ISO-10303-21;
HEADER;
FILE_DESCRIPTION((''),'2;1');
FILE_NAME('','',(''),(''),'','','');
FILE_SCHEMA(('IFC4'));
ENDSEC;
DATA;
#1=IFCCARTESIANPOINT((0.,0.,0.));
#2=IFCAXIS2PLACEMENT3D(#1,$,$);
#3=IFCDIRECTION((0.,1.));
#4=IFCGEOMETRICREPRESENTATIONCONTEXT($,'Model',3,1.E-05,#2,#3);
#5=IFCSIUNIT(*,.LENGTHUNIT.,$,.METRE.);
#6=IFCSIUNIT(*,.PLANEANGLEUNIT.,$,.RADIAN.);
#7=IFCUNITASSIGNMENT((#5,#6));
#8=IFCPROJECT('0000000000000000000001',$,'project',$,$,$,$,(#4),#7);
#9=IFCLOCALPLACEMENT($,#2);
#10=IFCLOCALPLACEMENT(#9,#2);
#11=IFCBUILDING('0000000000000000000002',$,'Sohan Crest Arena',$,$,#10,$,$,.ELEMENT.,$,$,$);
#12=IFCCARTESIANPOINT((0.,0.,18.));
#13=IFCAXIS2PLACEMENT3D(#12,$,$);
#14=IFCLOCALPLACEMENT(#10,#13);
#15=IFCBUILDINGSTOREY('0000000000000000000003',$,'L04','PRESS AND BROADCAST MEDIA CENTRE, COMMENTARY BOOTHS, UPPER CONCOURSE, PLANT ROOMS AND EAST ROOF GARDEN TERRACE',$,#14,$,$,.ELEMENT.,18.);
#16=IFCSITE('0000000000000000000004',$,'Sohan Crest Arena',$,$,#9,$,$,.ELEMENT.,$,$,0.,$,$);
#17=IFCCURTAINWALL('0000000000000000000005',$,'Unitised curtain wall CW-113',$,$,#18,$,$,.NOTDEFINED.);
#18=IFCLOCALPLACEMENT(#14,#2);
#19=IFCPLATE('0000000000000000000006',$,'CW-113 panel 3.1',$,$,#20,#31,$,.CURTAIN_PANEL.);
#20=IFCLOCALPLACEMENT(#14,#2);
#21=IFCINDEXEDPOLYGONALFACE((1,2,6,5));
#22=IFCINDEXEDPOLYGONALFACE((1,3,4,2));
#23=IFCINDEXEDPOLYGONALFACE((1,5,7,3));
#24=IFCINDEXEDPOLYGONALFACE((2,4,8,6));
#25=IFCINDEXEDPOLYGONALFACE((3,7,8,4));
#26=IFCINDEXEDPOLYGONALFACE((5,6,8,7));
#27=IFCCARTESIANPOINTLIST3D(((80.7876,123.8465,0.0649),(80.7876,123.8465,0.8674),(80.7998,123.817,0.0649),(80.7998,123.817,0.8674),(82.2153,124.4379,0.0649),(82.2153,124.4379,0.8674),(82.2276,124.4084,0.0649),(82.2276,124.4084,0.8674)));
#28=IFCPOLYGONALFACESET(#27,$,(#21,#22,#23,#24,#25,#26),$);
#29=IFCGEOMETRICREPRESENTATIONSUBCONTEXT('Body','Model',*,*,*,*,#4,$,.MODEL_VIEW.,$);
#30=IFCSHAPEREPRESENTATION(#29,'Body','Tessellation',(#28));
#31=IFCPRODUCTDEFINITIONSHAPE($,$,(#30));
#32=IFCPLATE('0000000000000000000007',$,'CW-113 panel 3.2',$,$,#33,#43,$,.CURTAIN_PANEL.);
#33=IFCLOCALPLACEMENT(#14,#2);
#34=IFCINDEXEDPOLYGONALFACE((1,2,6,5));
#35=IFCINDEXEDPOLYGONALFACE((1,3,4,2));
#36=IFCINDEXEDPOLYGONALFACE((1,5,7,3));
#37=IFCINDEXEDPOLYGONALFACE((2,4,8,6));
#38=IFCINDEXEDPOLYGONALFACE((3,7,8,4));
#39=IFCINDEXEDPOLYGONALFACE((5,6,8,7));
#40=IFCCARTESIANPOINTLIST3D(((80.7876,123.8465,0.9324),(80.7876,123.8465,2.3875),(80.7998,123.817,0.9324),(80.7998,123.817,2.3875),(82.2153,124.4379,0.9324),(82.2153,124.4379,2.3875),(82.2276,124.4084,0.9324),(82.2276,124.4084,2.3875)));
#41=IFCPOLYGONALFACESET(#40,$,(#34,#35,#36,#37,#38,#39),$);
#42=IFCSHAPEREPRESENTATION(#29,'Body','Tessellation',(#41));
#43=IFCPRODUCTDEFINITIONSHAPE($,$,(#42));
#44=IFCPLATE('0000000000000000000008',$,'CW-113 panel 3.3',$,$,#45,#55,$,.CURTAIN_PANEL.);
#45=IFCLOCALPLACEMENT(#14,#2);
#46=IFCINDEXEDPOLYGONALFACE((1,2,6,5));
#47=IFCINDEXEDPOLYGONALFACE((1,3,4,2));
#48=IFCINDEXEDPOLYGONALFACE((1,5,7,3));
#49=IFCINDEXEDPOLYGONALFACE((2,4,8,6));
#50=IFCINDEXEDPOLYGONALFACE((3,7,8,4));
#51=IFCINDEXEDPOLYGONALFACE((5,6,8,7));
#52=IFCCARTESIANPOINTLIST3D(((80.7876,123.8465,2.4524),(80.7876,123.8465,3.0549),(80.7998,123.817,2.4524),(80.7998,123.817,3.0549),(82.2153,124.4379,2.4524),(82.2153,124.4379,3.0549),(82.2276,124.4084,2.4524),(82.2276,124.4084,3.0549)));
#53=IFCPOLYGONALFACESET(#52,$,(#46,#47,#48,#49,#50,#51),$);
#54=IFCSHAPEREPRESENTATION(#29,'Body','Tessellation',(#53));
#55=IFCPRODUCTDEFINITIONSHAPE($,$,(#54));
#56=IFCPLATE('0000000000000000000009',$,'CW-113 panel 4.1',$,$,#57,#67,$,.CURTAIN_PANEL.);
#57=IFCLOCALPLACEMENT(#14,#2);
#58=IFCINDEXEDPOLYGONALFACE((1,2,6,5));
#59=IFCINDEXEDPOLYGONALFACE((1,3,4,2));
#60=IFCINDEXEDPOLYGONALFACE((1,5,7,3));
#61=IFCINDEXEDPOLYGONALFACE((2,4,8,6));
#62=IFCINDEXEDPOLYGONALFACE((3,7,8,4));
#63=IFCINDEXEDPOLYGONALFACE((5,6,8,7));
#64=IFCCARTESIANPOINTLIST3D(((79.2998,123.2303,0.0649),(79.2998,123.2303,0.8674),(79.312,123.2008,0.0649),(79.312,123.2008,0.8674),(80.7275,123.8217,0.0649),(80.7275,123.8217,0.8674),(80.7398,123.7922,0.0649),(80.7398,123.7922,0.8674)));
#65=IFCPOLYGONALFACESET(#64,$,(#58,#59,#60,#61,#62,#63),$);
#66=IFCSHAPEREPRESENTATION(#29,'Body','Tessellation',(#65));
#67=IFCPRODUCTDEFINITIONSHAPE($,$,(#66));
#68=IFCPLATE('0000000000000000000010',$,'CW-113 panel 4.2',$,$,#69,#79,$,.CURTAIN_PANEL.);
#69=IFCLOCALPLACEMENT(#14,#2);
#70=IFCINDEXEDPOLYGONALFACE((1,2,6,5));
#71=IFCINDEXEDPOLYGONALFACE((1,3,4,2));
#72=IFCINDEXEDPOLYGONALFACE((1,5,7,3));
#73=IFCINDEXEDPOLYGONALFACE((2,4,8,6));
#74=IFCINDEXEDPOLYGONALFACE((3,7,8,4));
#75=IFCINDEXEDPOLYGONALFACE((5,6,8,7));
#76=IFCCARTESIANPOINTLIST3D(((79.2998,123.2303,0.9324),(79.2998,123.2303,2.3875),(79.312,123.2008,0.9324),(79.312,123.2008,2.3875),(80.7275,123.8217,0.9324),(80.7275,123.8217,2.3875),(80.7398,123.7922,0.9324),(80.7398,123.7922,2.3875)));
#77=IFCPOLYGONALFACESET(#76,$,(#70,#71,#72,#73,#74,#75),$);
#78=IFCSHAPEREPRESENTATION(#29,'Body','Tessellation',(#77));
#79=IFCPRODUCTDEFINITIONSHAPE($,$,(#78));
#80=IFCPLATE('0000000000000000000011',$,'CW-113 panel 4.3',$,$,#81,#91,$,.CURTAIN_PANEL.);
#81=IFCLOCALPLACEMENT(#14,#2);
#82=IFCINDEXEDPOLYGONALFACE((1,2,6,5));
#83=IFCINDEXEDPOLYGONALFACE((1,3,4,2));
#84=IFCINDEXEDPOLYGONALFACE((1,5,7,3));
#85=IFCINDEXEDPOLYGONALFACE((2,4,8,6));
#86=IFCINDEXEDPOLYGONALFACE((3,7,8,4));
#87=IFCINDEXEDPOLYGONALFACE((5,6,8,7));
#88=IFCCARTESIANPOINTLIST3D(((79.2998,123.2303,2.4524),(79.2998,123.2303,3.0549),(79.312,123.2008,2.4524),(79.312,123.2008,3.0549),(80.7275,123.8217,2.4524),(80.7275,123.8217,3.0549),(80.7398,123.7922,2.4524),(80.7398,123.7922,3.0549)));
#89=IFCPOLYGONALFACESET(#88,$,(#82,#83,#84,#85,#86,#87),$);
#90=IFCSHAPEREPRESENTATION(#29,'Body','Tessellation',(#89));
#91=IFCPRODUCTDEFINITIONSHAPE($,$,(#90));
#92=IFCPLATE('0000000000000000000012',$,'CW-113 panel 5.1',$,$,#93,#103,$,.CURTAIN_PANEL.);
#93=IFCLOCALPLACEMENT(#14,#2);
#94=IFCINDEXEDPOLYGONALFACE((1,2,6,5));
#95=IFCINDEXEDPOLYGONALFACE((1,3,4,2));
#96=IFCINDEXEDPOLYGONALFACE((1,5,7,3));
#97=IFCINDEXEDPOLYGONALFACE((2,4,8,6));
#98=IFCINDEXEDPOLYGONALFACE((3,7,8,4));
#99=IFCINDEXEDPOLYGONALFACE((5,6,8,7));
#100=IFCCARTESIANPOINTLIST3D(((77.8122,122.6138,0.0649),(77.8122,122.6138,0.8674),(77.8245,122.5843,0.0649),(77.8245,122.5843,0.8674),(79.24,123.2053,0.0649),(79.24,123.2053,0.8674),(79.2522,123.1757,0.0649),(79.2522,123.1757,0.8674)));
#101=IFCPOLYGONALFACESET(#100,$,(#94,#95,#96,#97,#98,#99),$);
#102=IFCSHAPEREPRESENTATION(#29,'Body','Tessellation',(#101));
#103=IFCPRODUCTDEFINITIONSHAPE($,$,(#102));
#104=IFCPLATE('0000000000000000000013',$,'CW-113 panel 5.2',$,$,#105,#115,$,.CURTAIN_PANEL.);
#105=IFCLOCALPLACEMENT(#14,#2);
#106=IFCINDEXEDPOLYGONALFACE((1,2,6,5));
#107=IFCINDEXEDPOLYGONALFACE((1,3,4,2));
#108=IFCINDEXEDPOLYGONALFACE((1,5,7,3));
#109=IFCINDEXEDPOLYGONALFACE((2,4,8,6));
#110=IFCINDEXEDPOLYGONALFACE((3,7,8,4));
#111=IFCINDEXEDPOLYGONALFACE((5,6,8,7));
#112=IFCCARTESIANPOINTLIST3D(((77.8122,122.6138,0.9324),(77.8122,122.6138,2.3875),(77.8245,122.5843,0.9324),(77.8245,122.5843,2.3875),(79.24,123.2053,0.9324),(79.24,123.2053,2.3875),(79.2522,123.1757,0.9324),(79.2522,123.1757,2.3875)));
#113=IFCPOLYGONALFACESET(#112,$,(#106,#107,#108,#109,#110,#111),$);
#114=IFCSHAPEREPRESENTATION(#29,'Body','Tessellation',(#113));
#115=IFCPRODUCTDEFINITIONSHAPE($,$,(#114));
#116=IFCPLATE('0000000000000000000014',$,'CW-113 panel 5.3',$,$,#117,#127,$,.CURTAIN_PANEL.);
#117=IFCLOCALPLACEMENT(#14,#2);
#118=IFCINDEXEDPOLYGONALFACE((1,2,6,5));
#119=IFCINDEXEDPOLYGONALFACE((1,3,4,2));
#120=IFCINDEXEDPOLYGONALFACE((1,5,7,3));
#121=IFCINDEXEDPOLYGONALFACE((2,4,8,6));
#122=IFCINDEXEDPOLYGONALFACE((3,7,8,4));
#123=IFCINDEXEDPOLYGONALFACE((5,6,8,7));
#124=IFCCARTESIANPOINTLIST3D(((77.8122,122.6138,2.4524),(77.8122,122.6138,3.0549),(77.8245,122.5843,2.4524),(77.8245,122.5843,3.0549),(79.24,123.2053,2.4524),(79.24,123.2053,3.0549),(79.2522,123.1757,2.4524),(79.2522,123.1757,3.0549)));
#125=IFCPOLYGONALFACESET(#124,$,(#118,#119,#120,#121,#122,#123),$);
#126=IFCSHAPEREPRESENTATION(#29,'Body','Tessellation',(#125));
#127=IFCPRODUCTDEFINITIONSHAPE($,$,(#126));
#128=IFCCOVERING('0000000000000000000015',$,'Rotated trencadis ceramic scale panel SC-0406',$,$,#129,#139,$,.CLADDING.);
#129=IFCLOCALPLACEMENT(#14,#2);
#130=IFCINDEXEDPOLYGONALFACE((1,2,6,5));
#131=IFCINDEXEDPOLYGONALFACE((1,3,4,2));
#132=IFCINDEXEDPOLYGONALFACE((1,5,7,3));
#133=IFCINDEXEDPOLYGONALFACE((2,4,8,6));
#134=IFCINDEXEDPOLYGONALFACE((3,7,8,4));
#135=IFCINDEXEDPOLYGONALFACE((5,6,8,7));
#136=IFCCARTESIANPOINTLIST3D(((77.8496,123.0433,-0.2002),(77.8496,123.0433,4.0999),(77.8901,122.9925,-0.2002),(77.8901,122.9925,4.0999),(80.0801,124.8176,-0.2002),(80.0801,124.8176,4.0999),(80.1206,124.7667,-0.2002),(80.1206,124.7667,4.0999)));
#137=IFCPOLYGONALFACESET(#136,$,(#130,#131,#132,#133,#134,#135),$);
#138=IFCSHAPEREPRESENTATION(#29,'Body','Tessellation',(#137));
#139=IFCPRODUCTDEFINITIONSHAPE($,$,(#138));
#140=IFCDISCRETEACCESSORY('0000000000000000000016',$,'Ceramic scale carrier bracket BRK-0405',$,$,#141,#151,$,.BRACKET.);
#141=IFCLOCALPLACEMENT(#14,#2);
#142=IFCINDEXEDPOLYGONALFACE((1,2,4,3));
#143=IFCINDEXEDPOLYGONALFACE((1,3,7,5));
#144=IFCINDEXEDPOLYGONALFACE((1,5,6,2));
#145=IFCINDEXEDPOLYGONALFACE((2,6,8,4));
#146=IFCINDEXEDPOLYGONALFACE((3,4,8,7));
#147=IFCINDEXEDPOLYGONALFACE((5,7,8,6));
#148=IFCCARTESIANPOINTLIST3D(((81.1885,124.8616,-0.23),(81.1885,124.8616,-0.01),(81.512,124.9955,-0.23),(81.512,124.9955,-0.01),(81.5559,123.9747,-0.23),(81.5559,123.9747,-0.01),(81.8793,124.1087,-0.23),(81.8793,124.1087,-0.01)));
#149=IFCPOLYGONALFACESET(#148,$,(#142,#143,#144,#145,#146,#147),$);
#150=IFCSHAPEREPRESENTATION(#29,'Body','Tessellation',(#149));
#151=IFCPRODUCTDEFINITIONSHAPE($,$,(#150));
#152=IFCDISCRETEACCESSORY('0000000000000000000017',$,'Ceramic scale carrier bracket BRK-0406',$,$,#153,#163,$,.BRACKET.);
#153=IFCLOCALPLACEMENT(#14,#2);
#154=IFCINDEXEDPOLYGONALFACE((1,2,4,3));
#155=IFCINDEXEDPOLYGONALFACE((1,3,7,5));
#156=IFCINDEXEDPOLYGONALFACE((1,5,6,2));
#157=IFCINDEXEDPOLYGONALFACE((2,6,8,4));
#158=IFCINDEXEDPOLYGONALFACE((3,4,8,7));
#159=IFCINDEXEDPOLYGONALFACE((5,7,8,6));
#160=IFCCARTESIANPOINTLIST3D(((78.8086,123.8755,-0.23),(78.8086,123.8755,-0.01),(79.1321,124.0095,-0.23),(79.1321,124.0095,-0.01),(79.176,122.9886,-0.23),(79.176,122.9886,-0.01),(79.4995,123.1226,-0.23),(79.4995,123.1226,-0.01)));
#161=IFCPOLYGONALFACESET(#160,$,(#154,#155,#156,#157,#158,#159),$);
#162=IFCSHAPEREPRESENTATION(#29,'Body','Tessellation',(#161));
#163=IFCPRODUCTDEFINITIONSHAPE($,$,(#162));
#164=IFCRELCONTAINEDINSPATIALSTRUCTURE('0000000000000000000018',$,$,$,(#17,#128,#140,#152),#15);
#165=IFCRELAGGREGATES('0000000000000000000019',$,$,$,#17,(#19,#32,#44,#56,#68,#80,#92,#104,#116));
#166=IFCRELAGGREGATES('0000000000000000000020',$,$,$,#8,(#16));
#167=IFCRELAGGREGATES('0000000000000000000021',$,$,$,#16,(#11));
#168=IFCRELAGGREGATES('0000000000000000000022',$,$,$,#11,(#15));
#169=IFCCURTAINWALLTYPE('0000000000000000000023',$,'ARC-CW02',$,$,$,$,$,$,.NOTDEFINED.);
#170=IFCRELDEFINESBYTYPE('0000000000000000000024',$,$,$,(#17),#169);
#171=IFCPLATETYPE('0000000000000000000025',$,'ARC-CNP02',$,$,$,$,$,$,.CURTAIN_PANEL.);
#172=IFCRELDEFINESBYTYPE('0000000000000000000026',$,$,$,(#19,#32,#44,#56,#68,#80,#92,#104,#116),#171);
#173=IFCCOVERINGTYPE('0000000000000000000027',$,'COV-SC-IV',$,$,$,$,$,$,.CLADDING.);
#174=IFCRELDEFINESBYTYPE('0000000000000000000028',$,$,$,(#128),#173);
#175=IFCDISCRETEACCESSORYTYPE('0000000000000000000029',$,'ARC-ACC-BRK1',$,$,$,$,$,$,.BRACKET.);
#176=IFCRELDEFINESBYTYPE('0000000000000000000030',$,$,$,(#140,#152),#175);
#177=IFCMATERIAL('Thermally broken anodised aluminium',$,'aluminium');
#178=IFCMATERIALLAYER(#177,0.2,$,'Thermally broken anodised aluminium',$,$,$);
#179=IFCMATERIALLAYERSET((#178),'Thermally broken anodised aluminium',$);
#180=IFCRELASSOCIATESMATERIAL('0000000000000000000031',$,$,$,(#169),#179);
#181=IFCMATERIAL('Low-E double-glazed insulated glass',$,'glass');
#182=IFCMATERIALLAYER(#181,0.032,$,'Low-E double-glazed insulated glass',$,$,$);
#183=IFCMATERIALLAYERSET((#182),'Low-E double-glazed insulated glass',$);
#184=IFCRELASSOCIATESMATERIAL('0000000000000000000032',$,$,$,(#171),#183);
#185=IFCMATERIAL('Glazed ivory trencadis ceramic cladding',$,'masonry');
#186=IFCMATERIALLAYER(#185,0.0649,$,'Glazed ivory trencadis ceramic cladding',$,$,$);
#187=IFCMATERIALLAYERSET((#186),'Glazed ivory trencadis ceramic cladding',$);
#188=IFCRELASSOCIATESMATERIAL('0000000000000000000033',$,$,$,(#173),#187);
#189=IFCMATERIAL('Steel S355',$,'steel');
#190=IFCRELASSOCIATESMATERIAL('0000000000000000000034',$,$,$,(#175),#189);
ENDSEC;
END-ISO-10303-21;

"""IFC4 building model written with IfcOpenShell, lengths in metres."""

from ifc_helpers import new_model, si_unit, direction, frame, origin, origin_2d, place, context, subcontext, project, spatial, rectangle, extrude, material, layer, layer_set, type_object, element, aggregate, save


model = new_model("IFC4")

# Units and contexts
model_context = context("Model", 3, precision=1e-05, world=origin(), true_north=direction((0.0, 1.0)))
body_context = subcontext(model_context, "Body", "Model", "MODEL_VIEW")
ifc_project = project(units=[si_unit("LENGTHUNIT", "METRE"), si_unit("PLANEANGLEUNIT", "RADIAN")], contexts=[model_context])

# Site, building, storey
site_placement = place(None, origin())
site = spatial("IfcSite", under=ifc_project, at=site_placement, Name="Sohan Crest Arena", CompositionType="ELEMENT", RefElevation=0.0)
building_placement = place(site_placement, origin())
building = spatial("IfcBuilding", under=site, at=building_placement, Name="Sohan Crest Arena", CompositionType="ELEMENT")
storey_placement = place(building_placement, frame((0.0, 0.0, 18.0)))
storey = spatial("IfcBuildingStorey", under=building, at=storey_placement, Name="L04", Description="PRESS AND BROADCAST MEDIA CENTRE, COMMENTARY BOOTHS, UPPER CONCOURSE, PLANT ROOMS AND EAST ROOF GARDEN TERRACE", CompositionType="ELEMENT", Elevation=18.0)

# Curtain wall, plates
ifc_material_1 = material(Name="Thermally broken anodised aluminium", Category="aluminium")
ifc_layer_1 = layer(ifc_material_1, 0.2, Name="Thermally broken anodised aluminium")
ifc_layer_set_1 = layer_set([ifc_layer_1], Name="Thermally broken anodised aluminium")
curtain_wall_type = type_object("IfcCurtainWallType", Name="ARC-CW02", PredefinedType="NOTDEFINED", material=ifc_layer_set_1)
curtain_wall_placement = place(storey_placement, origin())
curtain_wall = element("IfcCurtainWall", 1, at=curtain_wall_placement, inside=storey, type_object=curtain_wall_type, Name="Unitised curtain wall CW-113", PredefinedType="NOTDEFINED")
ifc_material_2 = material(Name="Low-E double-glazed insulated glass", Category="glass")
ifc_layer_2 = layer(ifc_material_2, 0.032, Name="Low-E double-glazed insulated glass")
ifc_layer_set_2 = layer_set([ifc_layer_2], Name="Low-E double-glazed insulated glass")
plate_type = type_object("IfcPlateType", Name="ARC-CNP02", PredefinedType="CURTAIN_PANEL", material=ifc_layer_set_2)
plate_1_placement = place(storey_placement, frame((81.5076, 124.1274, 0.0649), z_axis=(0.0, 0.0, 1.0), x_axis=(-0.923879, -0.382685, 0.0)))
plate_1 = element("IfcPlate", 2, at=plate_1_placement, type_object=plate_type, Name="CW-113 panel 3.1", PredefinedType="CURTAIN_PANEL", context=body_context, shape_type="SweptSolid", body=[
    extrude(rectangle(XDim=1.5454, YDim=0.032, at=origin_2d()), origin(), (0.0, 0.0, 1.0), 0.8025),
])
plate_2_placement = place(storey_placement, frame((81.5076, 124.1274, 0.9324), z_axis=(0.0, 0.0, 1.0), x_axis=(-0.923879, -0.382685, 0.0)))
plate_2 = element("IfcPlate", 3, at=plate_2_placement, type_object=plate_type, Name="CW-113 panel 3.2", PredefinedType="CURTAIN_PANEL", context=body_context, shape_type="SweptSolid", body=[
    extrude(rectangle(XDim=1.5454, YDim=0.032, at=origin_2d()), origin(), (0.0, 0.0, 1.0), 1.4551),
])
plate_3_placement = place(storey_placement, frame((81.5076, 124.1274, 2.4524), z_axis=(0.0, 0.0, 1.0), x_axis=(-0.923879, -0.382685, 0.0)))
plate_3 = element("IfcPlate", 4, at=plate_3_placement, type_object=plate_type, Name="CW-113 panel 3.3", PredefinedType="CURTAIN_PANEL", context=body_context, shape_type="SweptSolid", body=[
    extrude(rectangle(XDim=1.5454, YDim=0.032, at=origin_2d()), origin(), (0.0, 0.0, 1.0), 0.6025),
])
plate_4_placement = place(storey_placement, frame((80.0198, 123.5112, 0.0649), z_axis=(0.0, 0.0, 1.0), x_axis=(-0.923879, -0.382685, 0.0)))
plate_4 = element("IfcPlate", 5, at=plate_4_placement, type_object=plate_type, Name="CW-113 panel 4.1", PredefinedType="CURTAIN_PANEL", context=body_context, shape_type="SweptSolid", body=[
    extrude(rectangle(XDim=1.5454, YDim=0.032, at=origin_2d()), origin(), (0.0, 0.0, 1.0), 0.8025),
])
plate_5_placement = place(storey_placement, frame((80.0198, 123.5112, 0.9324), z_axis=(0.0, 0.0, 1.0), x_axis=(-0.923879, -0.382685, 0.0)))
plate_5 = element("IfcPlate", 6, at=plate_5_placement, type_object=plate_type, Name="CW-113 panel 4.2", PredefinedType="CURTAIN_PANEL", context=body_context, shape_type="SweptSolid", body=[
    extrude(rectangle(XDim=1.5454, YDim=0.032, at=origin_2d()), origin(), (0.0, 0.0, 1.0), 1.4551),
])
plate_6_placement = place(storey_placement, frame((80.0198, 123.5112, 2.4524), z_axis=(0.0, 0.0, 1.0), x_axis=(-0.923879, -0.382685, 0.0)))
plate_6 = element("IfcPlate", 7, at=plate_6_placement, type_object=plate_type, Name="CW-113 panel 4.3", PredefinedType="CURTAIN_PANEL", context=body_context, shape_type="SweptSolid", body=[
    extrude(rectangle(XDim=1.5454, YDim=0.032, at=origin_2d()), origin(), (0.0, 0.0, 1.0), 0.6025),
])
plate_7_placement = place(storey_placement, frame((78.5322, 122.8948, 0.0649), z_axis=(0.0, 0.0, 1.0), x_axis=(-0.923879, -0.382685, 0.0)))
plate_7 = element("IfcPlate", 8, at=plate_7_placement, type_object=plate_type, Name="CW-113 panel 5.1", PredefinedType="CURTAIN_PANEL", context=body_context, shape_type="SweptSolid", body=[
    extrude(rectangle(XDim=1.5454, YDim=0.032, at=origin_2d()), origin(), (0.0, 0.0, 1.0), 0.8025),
])
plate_8_placement = place(storey_placement, frame((78.5322, 122.8948, 0.9324), z_axis=(0.0, 0.0, 1.0), x_axis=(-0.923879, -0.382685, 0.0)))
plate_8 = element("IfcPlate", 9, at=plate_8_placement, type_object=plate_type, Name="CW-113 panel 5.2", PredefinedType="CURTAIN_PANEL", context=body_context, shape_type="SweptSolid", body=[
    extrude(rectangle(XDim=1.5454, YDim=0.032, at=origin_2d()), origin(), (0.0, 0.0, 1.0), 1.4551),
])
plate_9_placement = place(storey_placement, frame((78.5322, 122.8948, 2.4524), z_axis=(0.0, 0.0, 1.0), x_axis=(-0.923879, -0.382685, 0.0)))
plate_9 = element("IfcPlate", 10, at=plate_9_placement, type_object=plate_type, Name="CW-113 panel 5.3", PredefinedType="CURTAIN_PANEL", context=body_context, shape_type="SweptSolid", body=[
    extrude(rectangle(XDim=1.5454, YDim=0.032, at=origin_2d()), origin(), (0.0, 0.0, 1.0), 0.6025),
])
aggregate(curtain_wall, [plate_1, plate_2, plate_3, plate_4, plate_5, plate_6, plate_7, plate_8, plate_9])

# Covering
ifc_material_3 = material(Name="Glazed ivory trencadis ceramic cladding", Category="masonry")
ifc_layer_3 = layer(ifc_material_3, 0.0649, Name="Glazed ivory trencadis ceramic cladding")
ifc_layer_set_3 = layer_set([ifc_layer_3], Name="Glazed ivory trencadis ceramic cladding")
covering_type = type_object("IfcCoveringType", Name="COV-SC-IV", PredefinedType="CLADDING", material=ifc_layer_set_3)
covering_placement = place(storey_placement, frame((78.9851, 123.905, -0.2002), z_axis=(0.0, 0.0, 1.0), x_axis=(-0.782608, -0.622515, 0.0)))
element("IfcCovering", 11, at=covering_placement, inside=storey, type_object=covering_type, Name="Rotated trencadis ceramic scale panel SC-0406", PredefinedType="CLADDING", context=body_context, shape_type="SweptSolid", body=[
    extrude(rectangle(XDim=2.8501, YDim=0.0649, at=origin_2d()), origin(), (0.0, 0.0, 1.0), 4.3),
])

# Discrete accessories
ifc_material_4 = material(Name="Steel S355", Category="steel")
discrete_accessory_type = type_object("IfcDiscreteAccessoryType", Name="ARC-ACC-BRK1", PredefinedType="BRACKET", material=ifc_material_4)
for number, where, z_axis, x_axis, name in (
    (12, (81.5339, 124.4851, -0.23), (0.0, 0.0, 1.0), (-0.92388, -0.382683, 0.0), "Ceramic scale carrier bracket BRK-0405"),
    (13, (79.1541, 123.499, -0.23), (0.0, 0.0, 1.0), (-0.92388, -0.382683, 0.0), "Ceramic scale carrier bracket BRK-0406"),
):
    element("IfcDiscreteAccessory", number, at=place(storey_placement, frame(where, z_axis=z_axis, x_axis=x_axis)), inside=storey, type_object=discrete_accessory_type, Name=name, PredefinedType="BRACKET", context=body_context, shape_type="SweptSolid", body=[
        extrude(rectangle(XDim=0.3501, YDim=0.96, at=origin_2d()), origin(), (0.0, 0.0, 1.0), 0.22),
    ])

save(model, "model.ifc")
